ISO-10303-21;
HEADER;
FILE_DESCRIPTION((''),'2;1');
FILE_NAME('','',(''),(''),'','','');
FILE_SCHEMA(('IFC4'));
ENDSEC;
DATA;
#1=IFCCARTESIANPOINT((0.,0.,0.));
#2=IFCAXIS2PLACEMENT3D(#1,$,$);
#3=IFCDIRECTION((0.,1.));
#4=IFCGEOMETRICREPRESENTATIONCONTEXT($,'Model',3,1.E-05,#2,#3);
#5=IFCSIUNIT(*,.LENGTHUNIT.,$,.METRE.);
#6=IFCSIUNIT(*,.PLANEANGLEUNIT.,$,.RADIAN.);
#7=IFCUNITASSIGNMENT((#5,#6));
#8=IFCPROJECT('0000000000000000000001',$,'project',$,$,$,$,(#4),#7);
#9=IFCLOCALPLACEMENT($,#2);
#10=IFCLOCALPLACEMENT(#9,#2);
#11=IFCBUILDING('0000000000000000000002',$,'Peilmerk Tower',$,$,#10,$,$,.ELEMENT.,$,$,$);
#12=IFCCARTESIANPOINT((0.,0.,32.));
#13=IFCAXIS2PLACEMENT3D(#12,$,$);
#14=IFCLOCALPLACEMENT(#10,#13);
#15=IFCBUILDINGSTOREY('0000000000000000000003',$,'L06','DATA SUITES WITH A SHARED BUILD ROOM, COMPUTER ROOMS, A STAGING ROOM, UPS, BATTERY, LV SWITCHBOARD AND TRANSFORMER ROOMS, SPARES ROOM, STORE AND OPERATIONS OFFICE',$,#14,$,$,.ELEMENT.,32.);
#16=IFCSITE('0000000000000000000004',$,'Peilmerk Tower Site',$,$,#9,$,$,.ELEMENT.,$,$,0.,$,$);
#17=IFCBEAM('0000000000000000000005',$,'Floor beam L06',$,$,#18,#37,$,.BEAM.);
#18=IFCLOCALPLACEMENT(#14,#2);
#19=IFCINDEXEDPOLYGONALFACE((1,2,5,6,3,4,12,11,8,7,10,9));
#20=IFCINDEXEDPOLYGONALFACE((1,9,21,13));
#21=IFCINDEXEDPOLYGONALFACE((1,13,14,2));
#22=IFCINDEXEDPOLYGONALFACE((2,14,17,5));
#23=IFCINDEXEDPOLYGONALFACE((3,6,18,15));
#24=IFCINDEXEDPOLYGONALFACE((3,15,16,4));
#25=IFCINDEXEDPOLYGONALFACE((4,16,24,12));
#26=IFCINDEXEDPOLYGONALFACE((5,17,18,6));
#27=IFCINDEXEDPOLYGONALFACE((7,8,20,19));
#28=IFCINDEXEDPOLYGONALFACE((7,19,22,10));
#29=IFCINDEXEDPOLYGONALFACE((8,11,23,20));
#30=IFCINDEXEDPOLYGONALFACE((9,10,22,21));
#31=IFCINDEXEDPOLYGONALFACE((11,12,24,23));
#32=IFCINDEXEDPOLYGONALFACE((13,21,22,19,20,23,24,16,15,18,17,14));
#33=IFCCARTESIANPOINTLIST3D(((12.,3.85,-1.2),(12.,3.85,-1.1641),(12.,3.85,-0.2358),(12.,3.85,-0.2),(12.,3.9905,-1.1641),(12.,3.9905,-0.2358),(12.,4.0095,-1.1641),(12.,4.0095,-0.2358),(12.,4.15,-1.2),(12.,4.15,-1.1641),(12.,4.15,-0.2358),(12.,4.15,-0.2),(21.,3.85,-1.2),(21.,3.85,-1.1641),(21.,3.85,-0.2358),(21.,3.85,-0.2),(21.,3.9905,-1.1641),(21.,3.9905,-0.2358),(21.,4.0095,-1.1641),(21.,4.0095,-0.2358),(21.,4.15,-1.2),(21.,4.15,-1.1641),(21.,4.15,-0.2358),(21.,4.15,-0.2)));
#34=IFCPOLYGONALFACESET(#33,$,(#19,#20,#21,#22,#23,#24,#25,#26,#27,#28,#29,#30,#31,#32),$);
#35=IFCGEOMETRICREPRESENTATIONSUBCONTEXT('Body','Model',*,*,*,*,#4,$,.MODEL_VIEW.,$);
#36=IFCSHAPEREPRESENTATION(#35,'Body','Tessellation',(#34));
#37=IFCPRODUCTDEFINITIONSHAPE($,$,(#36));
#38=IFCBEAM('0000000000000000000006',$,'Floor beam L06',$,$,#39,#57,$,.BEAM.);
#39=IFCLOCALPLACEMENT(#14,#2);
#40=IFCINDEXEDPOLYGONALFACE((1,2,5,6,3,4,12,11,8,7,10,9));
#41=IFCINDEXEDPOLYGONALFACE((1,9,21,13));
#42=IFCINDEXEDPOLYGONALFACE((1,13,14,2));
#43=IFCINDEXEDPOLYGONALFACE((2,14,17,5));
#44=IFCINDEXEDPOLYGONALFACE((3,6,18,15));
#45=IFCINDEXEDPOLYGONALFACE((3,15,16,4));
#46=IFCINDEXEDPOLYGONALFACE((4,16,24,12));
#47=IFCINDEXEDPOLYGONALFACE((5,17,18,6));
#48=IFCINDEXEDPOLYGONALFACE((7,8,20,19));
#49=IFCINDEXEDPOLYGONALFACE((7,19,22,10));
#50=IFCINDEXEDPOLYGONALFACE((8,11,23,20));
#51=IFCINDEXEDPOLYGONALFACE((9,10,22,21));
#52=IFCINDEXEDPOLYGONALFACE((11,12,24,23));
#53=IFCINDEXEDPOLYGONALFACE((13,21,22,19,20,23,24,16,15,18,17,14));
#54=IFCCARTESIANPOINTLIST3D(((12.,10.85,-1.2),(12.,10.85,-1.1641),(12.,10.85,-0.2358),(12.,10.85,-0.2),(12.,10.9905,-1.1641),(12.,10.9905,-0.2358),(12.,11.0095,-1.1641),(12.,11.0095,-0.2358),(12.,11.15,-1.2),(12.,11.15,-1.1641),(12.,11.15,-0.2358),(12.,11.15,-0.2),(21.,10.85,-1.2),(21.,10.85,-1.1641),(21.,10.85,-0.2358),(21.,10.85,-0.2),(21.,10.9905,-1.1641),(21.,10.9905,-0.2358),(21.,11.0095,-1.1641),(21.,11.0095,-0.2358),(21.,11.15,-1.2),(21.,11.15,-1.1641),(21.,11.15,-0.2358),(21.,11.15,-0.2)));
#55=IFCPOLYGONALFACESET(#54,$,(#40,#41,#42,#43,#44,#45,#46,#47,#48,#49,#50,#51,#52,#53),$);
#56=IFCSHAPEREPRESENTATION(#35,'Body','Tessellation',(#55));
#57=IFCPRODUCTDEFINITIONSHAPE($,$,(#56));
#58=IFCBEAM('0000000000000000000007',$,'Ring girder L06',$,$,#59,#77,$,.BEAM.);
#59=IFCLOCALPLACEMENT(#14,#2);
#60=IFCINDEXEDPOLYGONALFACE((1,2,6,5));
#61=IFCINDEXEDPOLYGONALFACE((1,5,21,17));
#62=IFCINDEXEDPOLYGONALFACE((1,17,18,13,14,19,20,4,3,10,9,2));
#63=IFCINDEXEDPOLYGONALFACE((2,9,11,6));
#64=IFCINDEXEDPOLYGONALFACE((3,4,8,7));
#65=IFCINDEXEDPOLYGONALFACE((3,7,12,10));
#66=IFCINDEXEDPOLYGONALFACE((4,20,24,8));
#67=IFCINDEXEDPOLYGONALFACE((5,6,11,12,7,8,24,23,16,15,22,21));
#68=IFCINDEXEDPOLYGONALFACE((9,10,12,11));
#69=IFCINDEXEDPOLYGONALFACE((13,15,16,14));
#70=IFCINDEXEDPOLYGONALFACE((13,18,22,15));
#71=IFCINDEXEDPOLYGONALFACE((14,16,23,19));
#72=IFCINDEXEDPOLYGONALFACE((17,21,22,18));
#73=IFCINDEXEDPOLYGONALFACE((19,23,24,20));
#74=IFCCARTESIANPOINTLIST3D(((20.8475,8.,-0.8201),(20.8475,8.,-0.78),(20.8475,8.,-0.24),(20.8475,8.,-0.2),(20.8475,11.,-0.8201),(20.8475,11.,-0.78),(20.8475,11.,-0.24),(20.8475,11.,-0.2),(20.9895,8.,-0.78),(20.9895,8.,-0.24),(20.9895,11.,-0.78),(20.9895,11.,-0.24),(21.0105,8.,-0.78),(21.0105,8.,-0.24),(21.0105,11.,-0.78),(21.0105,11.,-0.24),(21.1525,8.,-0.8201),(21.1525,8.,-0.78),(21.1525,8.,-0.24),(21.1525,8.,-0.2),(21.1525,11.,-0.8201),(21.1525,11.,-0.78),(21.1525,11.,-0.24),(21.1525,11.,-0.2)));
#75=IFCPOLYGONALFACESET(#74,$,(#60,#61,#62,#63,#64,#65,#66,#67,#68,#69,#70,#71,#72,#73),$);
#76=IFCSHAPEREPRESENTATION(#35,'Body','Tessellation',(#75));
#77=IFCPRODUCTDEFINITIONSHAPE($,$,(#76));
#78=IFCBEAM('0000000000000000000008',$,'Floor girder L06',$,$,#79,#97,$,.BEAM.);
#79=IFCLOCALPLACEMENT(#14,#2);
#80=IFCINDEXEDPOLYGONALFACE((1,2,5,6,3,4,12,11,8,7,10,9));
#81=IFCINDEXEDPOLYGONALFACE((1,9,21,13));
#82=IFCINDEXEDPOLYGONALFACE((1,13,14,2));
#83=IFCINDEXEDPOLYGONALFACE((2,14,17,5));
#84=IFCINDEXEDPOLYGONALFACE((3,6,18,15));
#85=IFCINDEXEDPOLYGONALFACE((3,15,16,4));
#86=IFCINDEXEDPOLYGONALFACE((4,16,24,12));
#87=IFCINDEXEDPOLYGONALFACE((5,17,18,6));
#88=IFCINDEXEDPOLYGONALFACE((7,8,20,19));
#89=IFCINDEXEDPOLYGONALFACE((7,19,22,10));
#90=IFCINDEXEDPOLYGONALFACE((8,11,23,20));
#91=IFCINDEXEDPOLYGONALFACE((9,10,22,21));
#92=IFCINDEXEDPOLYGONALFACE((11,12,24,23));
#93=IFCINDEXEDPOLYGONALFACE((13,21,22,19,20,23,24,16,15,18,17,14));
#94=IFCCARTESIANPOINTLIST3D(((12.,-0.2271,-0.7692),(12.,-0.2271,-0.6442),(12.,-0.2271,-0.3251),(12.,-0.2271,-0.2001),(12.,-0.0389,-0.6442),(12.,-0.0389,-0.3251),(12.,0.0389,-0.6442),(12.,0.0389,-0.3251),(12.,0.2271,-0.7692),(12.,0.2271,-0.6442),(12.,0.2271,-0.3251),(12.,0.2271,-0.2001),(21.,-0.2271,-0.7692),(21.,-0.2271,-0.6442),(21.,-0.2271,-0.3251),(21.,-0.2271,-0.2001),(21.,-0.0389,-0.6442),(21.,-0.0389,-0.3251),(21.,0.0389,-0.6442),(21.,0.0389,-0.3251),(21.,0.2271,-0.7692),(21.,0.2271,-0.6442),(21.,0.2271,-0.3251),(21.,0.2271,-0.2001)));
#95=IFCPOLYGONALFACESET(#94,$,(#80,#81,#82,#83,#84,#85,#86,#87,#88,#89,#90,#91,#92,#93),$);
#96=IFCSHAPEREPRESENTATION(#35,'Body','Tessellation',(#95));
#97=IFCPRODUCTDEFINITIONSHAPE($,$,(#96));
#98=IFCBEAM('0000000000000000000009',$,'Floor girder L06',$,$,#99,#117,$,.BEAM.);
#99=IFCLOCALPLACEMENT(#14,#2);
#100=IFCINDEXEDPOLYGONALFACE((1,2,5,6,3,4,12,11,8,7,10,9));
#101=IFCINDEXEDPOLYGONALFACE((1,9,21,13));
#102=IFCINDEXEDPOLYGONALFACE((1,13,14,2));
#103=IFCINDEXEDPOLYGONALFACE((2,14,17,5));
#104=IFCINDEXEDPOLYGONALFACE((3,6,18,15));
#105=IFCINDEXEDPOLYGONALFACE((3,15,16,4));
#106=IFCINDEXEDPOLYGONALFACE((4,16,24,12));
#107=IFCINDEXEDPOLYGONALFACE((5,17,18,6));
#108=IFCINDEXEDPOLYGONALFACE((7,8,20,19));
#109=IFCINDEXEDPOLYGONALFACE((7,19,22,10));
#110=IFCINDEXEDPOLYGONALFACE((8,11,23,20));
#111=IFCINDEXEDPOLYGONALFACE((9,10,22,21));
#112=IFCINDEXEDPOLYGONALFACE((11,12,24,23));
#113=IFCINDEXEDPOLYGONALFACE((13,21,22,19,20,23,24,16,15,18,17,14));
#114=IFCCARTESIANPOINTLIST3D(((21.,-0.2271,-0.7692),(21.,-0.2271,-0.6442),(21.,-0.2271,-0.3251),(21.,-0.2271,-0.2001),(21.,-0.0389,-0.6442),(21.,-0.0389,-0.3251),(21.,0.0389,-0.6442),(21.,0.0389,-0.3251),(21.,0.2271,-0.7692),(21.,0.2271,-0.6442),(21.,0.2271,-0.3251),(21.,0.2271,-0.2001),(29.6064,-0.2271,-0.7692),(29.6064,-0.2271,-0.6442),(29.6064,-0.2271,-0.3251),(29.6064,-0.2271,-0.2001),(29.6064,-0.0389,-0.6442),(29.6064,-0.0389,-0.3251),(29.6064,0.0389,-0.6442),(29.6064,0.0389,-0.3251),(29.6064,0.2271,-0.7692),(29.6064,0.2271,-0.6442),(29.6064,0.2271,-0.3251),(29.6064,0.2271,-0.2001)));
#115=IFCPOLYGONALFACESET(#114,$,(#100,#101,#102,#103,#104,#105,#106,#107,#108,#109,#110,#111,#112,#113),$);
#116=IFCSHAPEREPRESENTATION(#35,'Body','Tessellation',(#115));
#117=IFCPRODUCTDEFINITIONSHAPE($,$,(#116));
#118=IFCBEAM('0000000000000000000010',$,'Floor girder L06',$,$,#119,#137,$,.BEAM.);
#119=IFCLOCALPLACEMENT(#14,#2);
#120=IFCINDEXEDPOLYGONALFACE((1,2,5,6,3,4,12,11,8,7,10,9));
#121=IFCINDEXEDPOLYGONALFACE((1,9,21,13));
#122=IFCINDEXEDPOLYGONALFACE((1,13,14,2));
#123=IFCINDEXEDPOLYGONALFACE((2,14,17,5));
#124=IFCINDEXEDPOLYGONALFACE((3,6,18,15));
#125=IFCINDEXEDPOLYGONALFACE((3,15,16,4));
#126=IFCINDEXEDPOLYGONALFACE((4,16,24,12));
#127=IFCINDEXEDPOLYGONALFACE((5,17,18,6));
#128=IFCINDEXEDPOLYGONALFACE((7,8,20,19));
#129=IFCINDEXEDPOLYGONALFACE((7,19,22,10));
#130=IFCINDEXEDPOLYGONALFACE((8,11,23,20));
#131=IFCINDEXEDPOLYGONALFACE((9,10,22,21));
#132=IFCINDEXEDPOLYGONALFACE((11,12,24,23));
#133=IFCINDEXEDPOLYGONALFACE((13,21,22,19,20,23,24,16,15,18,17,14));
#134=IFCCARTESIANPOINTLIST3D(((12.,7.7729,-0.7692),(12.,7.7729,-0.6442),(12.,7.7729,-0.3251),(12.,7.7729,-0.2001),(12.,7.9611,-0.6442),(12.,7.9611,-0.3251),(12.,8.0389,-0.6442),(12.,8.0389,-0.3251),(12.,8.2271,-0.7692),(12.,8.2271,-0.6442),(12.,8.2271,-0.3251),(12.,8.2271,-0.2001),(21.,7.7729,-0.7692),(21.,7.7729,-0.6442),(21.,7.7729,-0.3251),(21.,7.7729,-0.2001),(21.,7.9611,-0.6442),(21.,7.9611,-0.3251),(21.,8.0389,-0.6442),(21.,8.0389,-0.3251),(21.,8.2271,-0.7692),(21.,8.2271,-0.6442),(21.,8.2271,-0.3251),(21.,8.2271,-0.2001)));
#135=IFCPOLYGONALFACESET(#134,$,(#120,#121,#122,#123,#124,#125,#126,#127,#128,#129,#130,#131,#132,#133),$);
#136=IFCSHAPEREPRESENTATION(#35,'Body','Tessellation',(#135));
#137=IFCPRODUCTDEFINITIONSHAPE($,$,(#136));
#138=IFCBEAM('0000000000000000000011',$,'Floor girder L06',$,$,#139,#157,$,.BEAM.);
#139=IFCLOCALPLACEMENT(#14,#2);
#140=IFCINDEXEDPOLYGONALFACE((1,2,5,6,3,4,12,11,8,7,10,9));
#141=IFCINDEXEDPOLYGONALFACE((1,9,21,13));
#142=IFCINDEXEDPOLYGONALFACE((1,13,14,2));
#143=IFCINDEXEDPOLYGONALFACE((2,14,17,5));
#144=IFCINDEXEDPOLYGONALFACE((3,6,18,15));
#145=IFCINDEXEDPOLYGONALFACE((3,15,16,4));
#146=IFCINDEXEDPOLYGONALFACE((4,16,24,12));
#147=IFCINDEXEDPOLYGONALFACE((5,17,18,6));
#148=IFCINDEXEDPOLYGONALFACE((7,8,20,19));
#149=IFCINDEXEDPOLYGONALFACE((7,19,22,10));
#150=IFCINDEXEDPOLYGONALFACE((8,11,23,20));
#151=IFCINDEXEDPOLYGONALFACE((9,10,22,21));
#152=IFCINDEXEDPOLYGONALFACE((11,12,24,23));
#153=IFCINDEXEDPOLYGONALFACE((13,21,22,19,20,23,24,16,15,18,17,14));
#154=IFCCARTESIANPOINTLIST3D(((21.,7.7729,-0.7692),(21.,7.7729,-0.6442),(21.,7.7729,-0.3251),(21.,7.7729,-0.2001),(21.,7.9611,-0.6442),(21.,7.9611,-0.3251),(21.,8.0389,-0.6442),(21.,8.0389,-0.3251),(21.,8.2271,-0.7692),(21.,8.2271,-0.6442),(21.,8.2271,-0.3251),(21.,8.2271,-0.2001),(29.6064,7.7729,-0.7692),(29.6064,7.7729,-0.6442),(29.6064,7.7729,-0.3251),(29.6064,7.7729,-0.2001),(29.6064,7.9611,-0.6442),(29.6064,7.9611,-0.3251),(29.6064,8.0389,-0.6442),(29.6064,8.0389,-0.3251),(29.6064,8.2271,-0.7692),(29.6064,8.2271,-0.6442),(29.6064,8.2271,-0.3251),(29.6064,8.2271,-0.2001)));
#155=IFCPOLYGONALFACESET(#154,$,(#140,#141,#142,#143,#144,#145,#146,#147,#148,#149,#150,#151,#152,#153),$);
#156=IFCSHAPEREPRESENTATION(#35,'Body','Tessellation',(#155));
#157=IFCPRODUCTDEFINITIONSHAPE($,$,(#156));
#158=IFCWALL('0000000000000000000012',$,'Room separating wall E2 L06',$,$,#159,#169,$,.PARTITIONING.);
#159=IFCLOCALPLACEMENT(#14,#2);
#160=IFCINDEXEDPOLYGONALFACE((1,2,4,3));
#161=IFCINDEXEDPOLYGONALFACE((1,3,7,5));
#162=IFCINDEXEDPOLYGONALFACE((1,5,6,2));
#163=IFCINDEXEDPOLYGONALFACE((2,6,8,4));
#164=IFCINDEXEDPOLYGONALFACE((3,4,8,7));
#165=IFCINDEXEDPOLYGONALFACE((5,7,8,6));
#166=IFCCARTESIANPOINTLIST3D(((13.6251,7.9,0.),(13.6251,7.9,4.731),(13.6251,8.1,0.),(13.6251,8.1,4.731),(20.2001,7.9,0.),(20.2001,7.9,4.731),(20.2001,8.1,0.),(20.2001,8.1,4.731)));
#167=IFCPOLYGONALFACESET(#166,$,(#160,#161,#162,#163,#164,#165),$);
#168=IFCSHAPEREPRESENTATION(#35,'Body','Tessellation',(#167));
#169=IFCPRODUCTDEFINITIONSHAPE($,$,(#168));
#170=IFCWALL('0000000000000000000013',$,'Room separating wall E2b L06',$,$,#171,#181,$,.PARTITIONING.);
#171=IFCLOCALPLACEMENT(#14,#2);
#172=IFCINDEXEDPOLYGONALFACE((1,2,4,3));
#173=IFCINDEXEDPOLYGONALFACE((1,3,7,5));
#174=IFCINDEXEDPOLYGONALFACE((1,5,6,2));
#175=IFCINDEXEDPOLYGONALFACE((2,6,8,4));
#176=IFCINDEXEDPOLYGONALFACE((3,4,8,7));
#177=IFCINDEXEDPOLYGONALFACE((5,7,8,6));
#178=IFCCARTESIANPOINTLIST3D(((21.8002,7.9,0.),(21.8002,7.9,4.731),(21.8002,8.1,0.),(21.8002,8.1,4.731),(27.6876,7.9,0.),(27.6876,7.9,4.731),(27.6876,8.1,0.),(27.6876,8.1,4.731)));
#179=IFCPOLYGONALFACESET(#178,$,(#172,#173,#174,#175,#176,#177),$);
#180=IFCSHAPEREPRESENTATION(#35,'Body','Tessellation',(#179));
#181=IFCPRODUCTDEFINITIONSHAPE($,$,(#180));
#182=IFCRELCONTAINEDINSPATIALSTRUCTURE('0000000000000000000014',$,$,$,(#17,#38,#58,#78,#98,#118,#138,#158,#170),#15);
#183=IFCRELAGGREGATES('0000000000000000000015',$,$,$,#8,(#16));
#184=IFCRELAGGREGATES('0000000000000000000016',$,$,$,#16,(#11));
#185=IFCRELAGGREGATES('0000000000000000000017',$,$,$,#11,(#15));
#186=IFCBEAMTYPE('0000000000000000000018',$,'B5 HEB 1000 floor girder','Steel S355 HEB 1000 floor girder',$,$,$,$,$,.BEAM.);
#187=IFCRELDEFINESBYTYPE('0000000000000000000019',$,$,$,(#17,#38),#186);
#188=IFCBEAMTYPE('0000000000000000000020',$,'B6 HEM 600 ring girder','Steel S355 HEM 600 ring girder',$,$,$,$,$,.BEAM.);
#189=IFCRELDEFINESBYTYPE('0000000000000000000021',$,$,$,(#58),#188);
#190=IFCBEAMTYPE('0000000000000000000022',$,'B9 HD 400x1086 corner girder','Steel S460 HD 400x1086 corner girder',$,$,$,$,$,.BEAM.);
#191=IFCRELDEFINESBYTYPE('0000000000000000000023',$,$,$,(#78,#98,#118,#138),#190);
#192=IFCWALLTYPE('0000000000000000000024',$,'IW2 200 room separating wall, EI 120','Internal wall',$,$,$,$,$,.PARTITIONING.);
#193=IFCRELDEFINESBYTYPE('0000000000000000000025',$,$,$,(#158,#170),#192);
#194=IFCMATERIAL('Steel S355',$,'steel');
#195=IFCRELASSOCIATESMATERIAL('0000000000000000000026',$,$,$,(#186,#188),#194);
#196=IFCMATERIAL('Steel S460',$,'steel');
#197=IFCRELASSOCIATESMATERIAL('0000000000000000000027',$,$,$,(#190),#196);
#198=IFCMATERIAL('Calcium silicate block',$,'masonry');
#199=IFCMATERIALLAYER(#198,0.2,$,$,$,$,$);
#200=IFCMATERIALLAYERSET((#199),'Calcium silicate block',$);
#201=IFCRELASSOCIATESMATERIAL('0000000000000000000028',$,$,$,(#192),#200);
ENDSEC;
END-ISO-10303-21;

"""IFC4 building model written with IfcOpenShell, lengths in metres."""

from ifc_helpers import new_model, si_unit, direction, frame, frame_2d, origin, origin_2d, place, context, subcontext, project, spatial, rectangle, i_section, extrude, material, layer, layer_set, material_profile, profile_set, type_object, element, save


model = new_model("IFC4")

# Units and contexts
model_context = context("Model", 3, precision=1e-05, world=origin(), true_north=direction((0.0, 1.0)))
body_context = subcontext(model_context, "Body", "Model", "MODEL_VIEW")
ifc_project = project(units=[si_unit("LENGTHUNIT", "METRE"), si_unit("PLANEANGLEUNIT", "RADIAN")], contexts=[model_context])

# Site, building, storey
site_placement = place(None, origin())
site = spatial("IfcSite", under=ifc_project, at=site_placement, Name="Peilmerk Tower Site", CompositionType="ELEMENT", RefElevation=0.0)
building_placement = place(site_placement, origin())
building = spatial("IfcBuilding", under=site, at=building_placement, Name="Peilmerk Tower", CompositionType="ELEMENT")
storey_placement = place(building_placement, frame((0.0, 0.0, 32.0)))
storey = spatial("IfcBuildingStorey", under=building, at=storey_placement, Name="L06", Description="DATA SUITES WITH A SHARED BUILD ROOM, COMPUTER ROOMS, A STAGING ROOM, UPS, BATTERY, LV SWITCHBOARD AND TRANSFORMER ROOMS, SPARES ROOM, STORE AND OPERATIONS OFFICE", CompositionType="ELEMENT", Elevation=32.0)

# Beams
ifc_material_1 = material(Name="Steel S355", Category="steel")
ifc_material_profile_1 = material_profile(ifc_material_1, i_section(OverallWidth=0.3, OverallDepth=1.0, WebThickness=0.019, FlangeThickness=0.0359, at=origin_2d()), Name="HEB 1000")
ifc_profile_set_1 = profile_set([ifc_material_profile_1], Name="Steel S355")
beam_type_1 = type_object("IfcBeamType", Name="B5 HEB 1000 floor girder", Description="Steel S355 HEB 1000 floor girder", PredefinedType="BEAM", material=ifc_profile_set_1)
for number, where, z_axis, x_axis, name in (
    (1, (12.0, 4.0, -0.7), (1.0, 0.0, 0.0), (0.0, 1.0, 0.0), "Floor beam L06"),
    (2, (12.0, 11.0, -0.7), (1.0, 0.0, 0.0), (0.0, 1.0, 0.0), "Floor beam L06"),
):
    element("IfcBeam", number, at=place(storey_placement, frame(where, z_axis=z_axis, x_axis=x_axis)), inside=storey, type_object=beam_type_1, Name=name, PredefinedType="BEAM", context=body_context, shape_type="SweptSolid", body=[
        extrude(i_section(OverallWidth=0.3, OverallDepth=1.0, WebThickness=0.019, FlangeThickness=0.0359, at=origin_2d()), origin(), (0.0, 0.0, 1.0), 9.0),
    ])
ifc_material_profile_2 = material_profile(ifc_material_1, i_section(OverallWidth=0.3049, OverallDepth=0.6201, WebThickness=0.021, FlangeThickness=0.04, at=origin_2d()), Name="HEM 600")
ifc_profile_set_2 = profile_set([ifc_material_profile_2], Name="Steel S355")
beam_type_2 = type_object("IfcBeamType", Name="B6 HEM 600 ring girder", Description="Steel S355 HEM 600 ring girder", PredefinedType="BEAM", material=ifc_profile_set_2)
beam_1_placement = place(storey_placement, frame((21.0, 8.0, -0.51), z_axis=(0.0, 1.0, 0.0), x_axis=(-1.0, 0.0, 0.0)))
element("IfcBeam", 3, at=beam_1_placement, inside=storey, type_object=beam_type_2, Name="Ring girder L06", PredefinedType="BEAM", context=body_context, shape_type="SweptSolid", body=[
    extrude(i_section(OverallWidth=0.3049, OverallDepth=0.6201, WebThickness=0.021, FlangeThickness=0.04, at=origin_2d()), origin(), (0.0, 0.0, 1.0), 3.0),
])
ifc_material_2 = material(Name="Steel S460", Category="steel")
ifc_material_profile_3 = material_profile(ifc_material_2, i_section(OverallWidth=0.4541, OverallDepth=0.5691, WebThickness=0.0779, FlangeThickness=0.125, at=origin_2d()), Name="HD 400x1086")
ifc_profile_set_3 = profile_set([ifc_material_profile_3], Name="Steel S460")
beam_type_3 = type_object("IfcBeamType", Name="B9 HD 400x1086 corner girder", Description="Steel S460 HD 400x1086 corner girder", PredefinedType="BEAM", material=ifc_profile_set_3)
beam_2_placement = place(storey_placement, frame((12.0, 0.0, -0.4846), z_axis=(1.0, 0.0, 0.0), x_axis=(0.0, 1.0, 0.0)))
element("IfcBeam", 4, at=beam_2_placement, inside=storey, type_object=beam_type_3, Name="Floor girder L06", PredefinedType="BEAM", context=body_context, shape_type="SweptSolid", body=[
    extrude(i_section(OverallWidth=0.4541, OverallDepth=0.5691, WebThickness=0.0779, FlangeThickness=0.125, at=origin_2d()), origin(), (0.0, 0.0, 1.0), 9.0),
])
beam_3_placement = place(storey_placement, frame((21.0, 0.0, -0.4846), z_axis=(1.0, 0.0, 0.0), x_axis=(0.0, 1.0, 0.0)))
element("IfcBeam", 5, at=beam_3_placement, inside=storey, type_object=beam_type_3, Name="Floor girder L06", PredefinedType="BEAM", context=body_context, shape_type="SweptSolid", body=[
    extrude(i_section(OverallWidth=0.4541, OverallDepth=0.5691, WebThickness=0.0779, FlangeThickness=0.125, at=origin_2d()), origin(), (0.0, 0.0, 1.0), 8.6064),
])
beam_4_placement = place(storey_placement, frame((12.0, 8.0, -0.4846), z_axis=(1.0, 0.0, 0.0), x_axis=(0.0, 1.0, 0.0)))
element("IfcBeam", 6, at=beam_4_placement, inside=storey, type_object=beam_type_3, Name="Floor girder L06", PredefinedType="BEAM", context=body_context, shape_type="SweptSolid", body=[
    extrude(i_section(OverallWidth=0.4541, OverallDepth=0.5691, WebThickness=0.0779, FlangeThickness=0.125, at=origin_2d()), origin(), (0.0, 0.0, 1.0), 9.0),
])
beam_5_placement = place(storey_placement, frame((21.0, 8.0, -0.4846), z_axis=(1.0, 0.0, 0.0), x_axis=(0.0, 1.0, 0.0)))
element("IfcBeam", 7, at=beam_5_placement, inside=storey, type_object=beam_type_3, Name="Floor girder L06", PredefinedType="BEAM", context=body_context, shape_type="SweptSolid", body=[
    extrude(i_section(OverallWidth=0.4541, OverallDepth=0.5691, WebThickness=0.0779, FlangeThickness=0.125, at=origin_2d()), origin(), (0.0, 0.0, 1.0), 8.6064),
])

# Walls
ifc_material_3 = material(Name="Calcium silicate block", Category="masonry")
ifc_layer_1 = layer(ifc_material_3, 0.2)
ifc_layer_set_1 = layer_set([ifc_layer_1], Name="Calcium silicate block")
wall_type_1 = type_object("IfcWallType", Name="IW2 200 room separating wall, EI 120", Description="Internal wall", PredefinedType="PARTITIONING", material=ifc_layer_set_1)
wall_1_placement = place(storey_placement, frame((13.625, 8.0, 0.0), z_axis=(0.0, 0.0, 1.0), x_axis=(1.0, 0.0, 0.0)))
element("IfcWall", 8, at=wall_1_placement, inside=storey, type_object=wall_type_1, Name="Room separating wall E2 L06", PredefinedType="PARTITIONING", context=body_context, shape_type="SweptSolid", body=[
    extrude(rectangle(XDim=6.575, YDim=0.2, at=frame_2d((3.2876, 0.0))), origin(), (0.0, 0.0, 1.0), 4.731),
])
wall_2_placement = place(storey_placement, frame((21.8, 8.0, 0.0), z_axis=(0.0, 0.0, 1.0), x_axis=(1.0, 0.0, 0.0)))
element("IfcWall", 9, at=wall_2_placement, inside=storey, type_object=wall_type_1, Name="Room separating wall E2b L06", PredefinedType="PARTITIONING", context=body_context, shape_type="SweptSolid", body=[
    extrude(rectangle(XDim=5.8875, YDim=0.2, at=frame_2d((2.9438, 0.0))), origin(), (0.0, 0.0, 1.0), 4.731),
])

save(model, "model.ifc")
